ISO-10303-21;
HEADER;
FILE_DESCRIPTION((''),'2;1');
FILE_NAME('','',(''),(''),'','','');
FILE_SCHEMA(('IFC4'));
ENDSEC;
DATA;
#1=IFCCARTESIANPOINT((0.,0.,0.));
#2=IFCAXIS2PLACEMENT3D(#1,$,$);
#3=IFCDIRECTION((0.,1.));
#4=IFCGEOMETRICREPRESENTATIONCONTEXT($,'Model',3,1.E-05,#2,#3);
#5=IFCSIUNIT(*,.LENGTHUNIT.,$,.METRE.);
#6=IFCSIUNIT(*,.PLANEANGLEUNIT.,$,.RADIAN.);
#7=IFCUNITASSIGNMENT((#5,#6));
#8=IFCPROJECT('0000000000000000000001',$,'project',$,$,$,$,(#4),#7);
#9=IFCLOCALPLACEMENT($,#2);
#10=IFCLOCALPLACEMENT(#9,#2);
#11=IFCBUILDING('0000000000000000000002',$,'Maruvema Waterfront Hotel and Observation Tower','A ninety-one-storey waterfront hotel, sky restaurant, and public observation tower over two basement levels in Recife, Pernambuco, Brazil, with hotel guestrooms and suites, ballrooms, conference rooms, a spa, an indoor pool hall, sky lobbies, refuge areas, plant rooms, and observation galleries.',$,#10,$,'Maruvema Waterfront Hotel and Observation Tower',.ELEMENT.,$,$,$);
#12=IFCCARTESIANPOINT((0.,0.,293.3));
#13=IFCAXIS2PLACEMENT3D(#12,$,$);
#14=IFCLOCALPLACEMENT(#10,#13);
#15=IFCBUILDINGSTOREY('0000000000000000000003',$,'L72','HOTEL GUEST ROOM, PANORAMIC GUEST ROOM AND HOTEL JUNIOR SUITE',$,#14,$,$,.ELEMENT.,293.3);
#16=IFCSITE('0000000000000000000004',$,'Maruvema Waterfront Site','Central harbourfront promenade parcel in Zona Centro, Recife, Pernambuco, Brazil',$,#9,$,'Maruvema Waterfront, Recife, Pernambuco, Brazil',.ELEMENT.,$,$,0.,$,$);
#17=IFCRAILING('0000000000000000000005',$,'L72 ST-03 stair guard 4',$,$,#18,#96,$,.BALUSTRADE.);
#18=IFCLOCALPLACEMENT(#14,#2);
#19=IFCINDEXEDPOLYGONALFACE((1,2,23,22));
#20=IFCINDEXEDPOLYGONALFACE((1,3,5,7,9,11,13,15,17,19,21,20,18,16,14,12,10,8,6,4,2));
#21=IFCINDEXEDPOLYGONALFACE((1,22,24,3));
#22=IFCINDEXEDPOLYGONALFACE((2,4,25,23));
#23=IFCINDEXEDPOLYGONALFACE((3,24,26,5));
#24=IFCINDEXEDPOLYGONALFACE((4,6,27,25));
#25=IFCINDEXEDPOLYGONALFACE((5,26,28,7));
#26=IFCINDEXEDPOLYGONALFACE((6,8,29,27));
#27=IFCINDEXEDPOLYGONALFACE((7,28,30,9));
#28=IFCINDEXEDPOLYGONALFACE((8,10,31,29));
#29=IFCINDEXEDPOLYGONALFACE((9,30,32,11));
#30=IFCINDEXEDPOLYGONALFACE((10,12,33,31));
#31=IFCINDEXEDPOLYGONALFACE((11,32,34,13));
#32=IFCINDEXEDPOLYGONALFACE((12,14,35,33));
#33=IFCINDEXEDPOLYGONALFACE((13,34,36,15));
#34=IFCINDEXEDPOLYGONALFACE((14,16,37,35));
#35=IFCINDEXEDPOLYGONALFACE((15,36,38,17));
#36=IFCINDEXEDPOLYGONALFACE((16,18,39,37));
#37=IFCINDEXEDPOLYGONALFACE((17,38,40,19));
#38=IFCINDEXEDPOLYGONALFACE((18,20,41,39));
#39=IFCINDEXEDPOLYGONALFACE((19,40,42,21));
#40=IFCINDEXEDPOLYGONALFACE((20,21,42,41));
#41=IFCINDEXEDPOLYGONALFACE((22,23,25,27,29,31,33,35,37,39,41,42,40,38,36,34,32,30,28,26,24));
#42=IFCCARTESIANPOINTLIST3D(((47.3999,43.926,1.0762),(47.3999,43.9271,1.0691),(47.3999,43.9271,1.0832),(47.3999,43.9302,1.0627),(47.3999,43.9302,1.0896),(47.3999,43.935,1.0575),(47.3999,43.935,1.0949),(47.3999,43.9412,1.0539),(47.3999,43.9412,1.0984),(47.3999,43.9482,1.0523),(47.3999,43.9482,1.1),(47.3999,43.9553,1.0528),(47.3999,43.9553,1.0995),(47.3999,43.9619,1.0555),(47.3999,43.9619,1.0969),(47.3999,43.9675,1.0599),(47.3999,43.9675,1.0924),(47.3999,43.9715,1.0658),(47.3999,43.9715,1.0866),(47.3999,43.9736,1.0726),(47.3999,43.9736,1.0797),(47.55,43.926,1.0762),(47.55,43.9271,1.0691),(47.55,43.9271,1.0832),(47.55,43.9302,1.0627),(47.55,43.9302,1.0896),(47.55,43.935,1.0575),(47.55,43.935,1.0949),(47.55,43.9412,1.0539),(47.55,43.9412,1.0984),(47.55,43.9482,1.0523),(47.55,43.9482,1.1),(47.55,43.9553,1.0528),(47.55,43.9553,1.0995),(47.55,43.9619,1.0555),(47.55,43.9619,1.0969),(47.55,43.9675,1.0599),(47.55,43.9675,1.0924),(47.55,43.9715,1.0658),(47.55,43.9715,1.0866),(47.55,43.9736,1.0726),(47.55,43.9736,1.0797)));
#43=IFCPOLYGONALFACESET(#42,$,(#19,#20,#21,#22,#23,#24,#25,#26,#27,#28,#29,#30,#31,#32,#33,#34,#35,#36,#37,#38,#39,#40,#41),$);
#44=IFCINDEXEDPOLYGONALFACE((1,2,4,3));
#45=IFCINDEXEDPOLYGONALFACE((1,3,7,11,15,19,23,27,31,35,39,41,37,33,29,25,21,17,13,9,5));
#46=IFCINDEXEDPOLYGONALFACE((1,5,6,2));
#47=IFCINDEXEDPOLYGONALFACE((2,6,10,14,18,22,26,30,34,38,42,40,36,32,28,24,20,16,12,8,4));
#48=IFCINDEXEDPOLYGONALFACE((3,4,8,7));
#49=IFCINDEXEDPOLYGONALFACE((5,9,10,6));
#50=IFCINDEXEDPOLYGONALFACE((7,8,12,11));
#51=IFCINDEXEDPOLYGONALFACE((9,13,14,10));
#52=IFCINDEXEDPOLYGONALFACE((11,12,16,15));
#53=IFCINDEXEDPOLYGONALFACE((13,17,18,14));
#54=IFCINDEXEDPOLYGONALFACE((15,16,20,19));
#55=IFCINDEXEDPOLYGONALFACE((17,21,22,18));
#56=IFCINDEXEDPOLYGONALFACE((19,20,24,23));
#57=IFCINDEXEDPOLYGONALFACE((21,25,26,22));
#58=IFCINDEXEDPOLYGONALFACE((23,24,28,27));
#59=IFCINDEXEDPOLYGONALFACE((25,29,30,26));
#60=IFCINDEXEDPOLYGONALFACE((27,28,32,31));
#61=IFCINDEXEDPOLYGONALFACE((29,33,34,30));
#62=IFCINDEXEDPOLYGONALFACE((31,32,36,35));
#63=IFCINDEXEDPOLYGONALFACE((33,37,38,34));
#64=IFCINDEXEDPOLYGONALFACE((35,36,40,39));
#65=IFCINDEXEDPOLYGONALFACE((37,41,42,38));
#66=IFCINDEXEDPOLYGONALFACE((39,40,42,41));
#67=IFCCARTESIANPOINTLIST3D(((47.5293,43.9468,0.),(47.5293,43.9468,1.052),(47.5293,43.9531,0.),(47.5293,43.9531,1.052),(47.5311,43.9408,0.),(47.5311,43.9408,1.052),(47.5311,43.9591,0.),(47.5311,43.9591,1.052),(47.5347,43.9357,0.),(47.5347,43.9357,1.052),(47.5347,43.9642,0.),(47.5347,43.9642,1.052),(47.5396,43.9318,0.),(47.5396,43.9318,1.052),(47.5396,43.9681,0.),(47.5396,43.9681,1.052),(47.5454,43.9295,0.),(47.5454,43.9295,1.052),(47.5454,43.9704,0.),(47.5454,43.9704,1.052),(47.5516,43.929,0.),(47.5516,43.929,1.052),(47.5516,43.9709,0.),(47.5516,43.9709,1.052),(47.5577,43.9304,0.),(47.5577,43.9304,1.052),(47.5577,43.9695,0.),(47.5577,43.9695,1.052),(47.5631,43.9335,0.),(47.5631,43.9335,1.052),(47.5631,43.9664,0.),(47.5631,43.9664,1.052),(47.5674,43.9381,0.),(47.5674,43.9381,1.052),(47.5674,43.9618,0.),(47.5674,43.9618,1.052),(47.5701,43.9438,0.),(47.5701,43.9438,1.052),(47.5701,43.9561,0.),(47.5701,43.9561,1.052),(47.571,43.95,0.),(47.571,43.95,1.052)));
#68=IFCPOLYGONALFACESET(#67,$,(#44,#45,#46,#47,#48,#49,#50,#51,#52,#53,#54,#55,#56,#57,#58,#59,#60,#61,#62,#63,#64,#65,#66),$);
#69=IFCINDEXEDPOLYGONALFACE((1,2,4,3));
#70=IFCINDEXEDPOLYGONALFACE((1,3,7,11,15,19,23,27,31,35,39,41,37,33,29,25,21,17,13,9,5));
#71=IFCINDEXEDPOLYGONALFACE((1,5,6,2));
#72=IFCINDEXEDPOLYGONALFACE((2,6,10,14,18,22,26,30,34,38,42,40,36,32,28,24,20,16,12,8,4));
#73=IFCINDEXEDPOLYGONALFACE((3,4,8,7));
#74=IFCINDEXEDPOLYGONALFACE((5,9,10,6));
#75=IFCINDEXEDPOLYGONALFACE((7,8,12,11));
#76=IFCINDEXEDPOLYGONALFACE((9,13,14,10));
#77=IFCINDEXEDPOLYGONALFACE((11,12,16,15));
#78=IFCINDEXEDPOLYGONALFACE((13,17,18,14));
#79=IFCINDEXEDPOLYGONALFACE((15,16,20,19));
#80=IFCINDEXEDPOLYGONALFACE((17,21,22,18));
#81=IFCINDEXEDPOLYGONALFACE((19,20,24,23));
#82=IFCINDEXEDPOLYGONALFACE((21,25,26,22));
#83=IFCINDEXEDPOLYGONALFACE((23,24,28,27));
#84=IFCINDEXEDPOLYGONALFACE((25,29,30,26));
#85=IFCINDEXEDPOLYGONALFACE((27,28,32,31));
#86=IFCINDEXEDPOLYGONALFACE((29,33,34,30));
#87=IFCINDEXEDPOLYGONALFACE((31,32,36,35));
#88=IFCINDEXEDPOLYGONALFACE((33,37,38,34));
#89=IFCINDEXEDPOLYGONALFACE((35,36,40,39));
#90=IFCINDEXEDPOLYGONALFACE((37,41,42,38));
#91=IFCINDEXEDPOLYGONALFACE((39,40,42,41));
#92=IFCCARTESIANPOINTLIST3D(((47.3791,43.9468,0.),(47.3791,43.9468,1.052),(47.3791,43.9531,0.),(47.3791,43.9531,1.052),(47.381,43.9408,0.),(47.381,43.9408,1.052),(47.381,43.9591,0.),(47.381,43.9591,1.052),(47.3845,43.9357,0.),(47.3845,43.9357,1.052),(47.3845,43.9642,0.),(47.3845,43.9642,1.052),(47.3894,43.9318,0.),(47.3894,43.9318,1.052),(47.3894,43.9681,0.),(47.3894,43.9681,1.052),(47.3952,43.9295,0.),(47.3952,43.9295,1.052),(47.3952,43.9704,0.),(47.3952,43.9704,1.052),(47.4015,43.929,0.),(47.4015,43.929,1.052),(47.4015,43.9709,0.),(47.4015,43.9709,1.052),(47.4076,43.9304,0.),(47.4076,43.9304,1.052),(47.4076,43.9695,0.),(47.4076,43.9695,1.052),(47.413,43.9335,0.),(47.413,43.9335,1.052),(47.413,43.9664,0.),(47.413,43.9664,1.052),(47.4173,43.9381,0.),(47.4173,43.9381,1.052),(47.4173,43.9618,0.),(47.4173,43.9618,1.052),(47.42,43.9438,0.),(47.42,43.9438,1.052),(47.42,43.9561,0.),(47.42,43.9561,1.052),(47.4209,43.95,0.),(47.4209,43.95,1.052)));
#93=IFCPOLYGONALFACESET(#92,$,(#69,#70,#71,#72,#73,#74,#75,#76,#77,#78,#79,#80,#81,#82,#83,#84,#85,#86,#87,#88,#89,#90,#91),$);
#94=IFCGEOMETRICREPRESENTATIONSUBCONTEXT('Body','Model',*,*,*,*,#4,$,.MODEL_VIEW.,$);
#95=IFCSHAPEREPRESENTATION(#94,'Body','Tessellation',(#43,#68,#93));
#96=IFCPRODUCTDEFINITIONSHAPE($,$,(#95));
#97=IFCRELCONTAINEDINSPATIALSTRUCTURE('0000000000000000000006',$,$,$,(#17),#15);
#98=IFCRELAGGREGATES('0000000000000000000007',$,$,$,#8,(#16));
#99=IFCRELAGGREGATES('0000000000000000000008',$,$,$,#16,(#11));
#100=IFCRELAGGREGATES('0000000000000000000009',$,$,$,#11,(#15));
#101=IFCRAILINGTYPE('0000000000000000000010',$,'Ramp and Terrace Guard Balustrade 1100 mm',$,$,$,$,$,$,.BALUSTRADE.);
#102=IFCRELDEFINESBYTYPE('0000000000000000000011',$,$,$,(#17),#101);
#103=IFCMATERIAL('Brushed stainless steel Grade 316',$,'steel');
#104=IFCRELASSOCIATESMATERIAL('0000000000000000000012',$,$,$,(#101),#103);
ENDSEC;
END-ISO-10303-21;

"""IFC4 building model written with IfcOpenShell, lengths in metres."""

from ifc_helpers import new_model, si_unit, direction, frame, origin, origin_2d, place, context, subcontext, project, spatial, circle, extrude, material, type_object, element, save


model = new_model("IFC4")

# Units and contexts
model_context = context("Model", 3, precision=1e-05, world=origin(), true_north=direction((0.0, 1.0)))
body_context = subcontext(model_context, "Body", "Model", "MODEL_VIEW")
ifc_project = project(units=[si_unit("LENGTHUNIT", "METRE"), si_unit("PLANEANGLEUNIT", "RADIAN")], contexts=[model_context])

# Site, building, storey
site_placement = place(None, origin())
site = spatial("IfcSite", under=ifc_project, at=site_placement, Name="Maruvema Waterfront Site", Description="Central harbourfront promenade parcel in Zona Centro, Recife, Pernambuco, Brazil", LongName="Maruvema Waterfront, Recife, Pernambuco, Brazil", CompositionType="ELEMENT", RefElevation=0.0)
building_placement = place(site_placement, origin())
building = spatial("IfcBuilding", under=site, at=building_placement, Name="Maruvema Waterfront Hotel and Observation Tower", Description="A ninety-one-storey waterfront hotel, sky restaurant, and public observation tower over two basement levels in Recife, Pernambuco, Brazil, with hotel guestrooms and suites, ballrooms, conference rooms, a spa, an indoor pool hall, sky lobbies, refuge areas, plant rooms, and observation galleries.", LongName="Maruvema Waterfront Hotel and Observation Tower", CompositionType="ELEMENT")
storey_placement = place(building_placement, frame((0.0, 0.0, 293.3)))
storey = spatial("IfcBuildingStorey", under=building, at=storey_placement, Name="L72", Description="HOTEL GUEST ROOM, PANORAMIC GUEST ROOM AND HOTEL JUNIOR SUITE", CompositionType="ELEMENT", Elevation=293.3)

# Railing
ifc_material_1 = material(Name="Brushed stainless steel Grade 316", Category="steel")
railing_type = type_object("IfcRailingType", Name="Ramp and Terrace Guard Balustrade 1100 mm", PredefinedType="BALUSTRADE", material=ifc_material_1)
railing_1_placement = place(storey_placement, frame((47.55, 43.95, 0.0)))
element("IfcRailing", 1, at=railing_1_placement, inside=storey, type_object=railing_type, Name="L72 ST-03 stair guard 4", PredefinedType="BALUSTRADE", context=body_context, shape_type="SweptSolid", body=[
    extrude(circle(Radius=0.0239, at=origin_2d()), frame((0.0, 0.0, 1.0762), z_axis=(-1.0, 0.0, 0.0), x_axis=(0.0, -1.0, 0.0)), (0.0, 0.0, 1.0), 0.1501),
    extrude(circle(Radius=0.021, at=origin_2d()), origin(), (0.0, 0.0, 1.0), 1.052),
    extrude(circle(Radius=0.021, at=origin_2d()), frame((-0.1501, 0.0, 0.0)), (0.0, 0.0, 1.0), 1.052),
])

save(model, "model.ifc")
